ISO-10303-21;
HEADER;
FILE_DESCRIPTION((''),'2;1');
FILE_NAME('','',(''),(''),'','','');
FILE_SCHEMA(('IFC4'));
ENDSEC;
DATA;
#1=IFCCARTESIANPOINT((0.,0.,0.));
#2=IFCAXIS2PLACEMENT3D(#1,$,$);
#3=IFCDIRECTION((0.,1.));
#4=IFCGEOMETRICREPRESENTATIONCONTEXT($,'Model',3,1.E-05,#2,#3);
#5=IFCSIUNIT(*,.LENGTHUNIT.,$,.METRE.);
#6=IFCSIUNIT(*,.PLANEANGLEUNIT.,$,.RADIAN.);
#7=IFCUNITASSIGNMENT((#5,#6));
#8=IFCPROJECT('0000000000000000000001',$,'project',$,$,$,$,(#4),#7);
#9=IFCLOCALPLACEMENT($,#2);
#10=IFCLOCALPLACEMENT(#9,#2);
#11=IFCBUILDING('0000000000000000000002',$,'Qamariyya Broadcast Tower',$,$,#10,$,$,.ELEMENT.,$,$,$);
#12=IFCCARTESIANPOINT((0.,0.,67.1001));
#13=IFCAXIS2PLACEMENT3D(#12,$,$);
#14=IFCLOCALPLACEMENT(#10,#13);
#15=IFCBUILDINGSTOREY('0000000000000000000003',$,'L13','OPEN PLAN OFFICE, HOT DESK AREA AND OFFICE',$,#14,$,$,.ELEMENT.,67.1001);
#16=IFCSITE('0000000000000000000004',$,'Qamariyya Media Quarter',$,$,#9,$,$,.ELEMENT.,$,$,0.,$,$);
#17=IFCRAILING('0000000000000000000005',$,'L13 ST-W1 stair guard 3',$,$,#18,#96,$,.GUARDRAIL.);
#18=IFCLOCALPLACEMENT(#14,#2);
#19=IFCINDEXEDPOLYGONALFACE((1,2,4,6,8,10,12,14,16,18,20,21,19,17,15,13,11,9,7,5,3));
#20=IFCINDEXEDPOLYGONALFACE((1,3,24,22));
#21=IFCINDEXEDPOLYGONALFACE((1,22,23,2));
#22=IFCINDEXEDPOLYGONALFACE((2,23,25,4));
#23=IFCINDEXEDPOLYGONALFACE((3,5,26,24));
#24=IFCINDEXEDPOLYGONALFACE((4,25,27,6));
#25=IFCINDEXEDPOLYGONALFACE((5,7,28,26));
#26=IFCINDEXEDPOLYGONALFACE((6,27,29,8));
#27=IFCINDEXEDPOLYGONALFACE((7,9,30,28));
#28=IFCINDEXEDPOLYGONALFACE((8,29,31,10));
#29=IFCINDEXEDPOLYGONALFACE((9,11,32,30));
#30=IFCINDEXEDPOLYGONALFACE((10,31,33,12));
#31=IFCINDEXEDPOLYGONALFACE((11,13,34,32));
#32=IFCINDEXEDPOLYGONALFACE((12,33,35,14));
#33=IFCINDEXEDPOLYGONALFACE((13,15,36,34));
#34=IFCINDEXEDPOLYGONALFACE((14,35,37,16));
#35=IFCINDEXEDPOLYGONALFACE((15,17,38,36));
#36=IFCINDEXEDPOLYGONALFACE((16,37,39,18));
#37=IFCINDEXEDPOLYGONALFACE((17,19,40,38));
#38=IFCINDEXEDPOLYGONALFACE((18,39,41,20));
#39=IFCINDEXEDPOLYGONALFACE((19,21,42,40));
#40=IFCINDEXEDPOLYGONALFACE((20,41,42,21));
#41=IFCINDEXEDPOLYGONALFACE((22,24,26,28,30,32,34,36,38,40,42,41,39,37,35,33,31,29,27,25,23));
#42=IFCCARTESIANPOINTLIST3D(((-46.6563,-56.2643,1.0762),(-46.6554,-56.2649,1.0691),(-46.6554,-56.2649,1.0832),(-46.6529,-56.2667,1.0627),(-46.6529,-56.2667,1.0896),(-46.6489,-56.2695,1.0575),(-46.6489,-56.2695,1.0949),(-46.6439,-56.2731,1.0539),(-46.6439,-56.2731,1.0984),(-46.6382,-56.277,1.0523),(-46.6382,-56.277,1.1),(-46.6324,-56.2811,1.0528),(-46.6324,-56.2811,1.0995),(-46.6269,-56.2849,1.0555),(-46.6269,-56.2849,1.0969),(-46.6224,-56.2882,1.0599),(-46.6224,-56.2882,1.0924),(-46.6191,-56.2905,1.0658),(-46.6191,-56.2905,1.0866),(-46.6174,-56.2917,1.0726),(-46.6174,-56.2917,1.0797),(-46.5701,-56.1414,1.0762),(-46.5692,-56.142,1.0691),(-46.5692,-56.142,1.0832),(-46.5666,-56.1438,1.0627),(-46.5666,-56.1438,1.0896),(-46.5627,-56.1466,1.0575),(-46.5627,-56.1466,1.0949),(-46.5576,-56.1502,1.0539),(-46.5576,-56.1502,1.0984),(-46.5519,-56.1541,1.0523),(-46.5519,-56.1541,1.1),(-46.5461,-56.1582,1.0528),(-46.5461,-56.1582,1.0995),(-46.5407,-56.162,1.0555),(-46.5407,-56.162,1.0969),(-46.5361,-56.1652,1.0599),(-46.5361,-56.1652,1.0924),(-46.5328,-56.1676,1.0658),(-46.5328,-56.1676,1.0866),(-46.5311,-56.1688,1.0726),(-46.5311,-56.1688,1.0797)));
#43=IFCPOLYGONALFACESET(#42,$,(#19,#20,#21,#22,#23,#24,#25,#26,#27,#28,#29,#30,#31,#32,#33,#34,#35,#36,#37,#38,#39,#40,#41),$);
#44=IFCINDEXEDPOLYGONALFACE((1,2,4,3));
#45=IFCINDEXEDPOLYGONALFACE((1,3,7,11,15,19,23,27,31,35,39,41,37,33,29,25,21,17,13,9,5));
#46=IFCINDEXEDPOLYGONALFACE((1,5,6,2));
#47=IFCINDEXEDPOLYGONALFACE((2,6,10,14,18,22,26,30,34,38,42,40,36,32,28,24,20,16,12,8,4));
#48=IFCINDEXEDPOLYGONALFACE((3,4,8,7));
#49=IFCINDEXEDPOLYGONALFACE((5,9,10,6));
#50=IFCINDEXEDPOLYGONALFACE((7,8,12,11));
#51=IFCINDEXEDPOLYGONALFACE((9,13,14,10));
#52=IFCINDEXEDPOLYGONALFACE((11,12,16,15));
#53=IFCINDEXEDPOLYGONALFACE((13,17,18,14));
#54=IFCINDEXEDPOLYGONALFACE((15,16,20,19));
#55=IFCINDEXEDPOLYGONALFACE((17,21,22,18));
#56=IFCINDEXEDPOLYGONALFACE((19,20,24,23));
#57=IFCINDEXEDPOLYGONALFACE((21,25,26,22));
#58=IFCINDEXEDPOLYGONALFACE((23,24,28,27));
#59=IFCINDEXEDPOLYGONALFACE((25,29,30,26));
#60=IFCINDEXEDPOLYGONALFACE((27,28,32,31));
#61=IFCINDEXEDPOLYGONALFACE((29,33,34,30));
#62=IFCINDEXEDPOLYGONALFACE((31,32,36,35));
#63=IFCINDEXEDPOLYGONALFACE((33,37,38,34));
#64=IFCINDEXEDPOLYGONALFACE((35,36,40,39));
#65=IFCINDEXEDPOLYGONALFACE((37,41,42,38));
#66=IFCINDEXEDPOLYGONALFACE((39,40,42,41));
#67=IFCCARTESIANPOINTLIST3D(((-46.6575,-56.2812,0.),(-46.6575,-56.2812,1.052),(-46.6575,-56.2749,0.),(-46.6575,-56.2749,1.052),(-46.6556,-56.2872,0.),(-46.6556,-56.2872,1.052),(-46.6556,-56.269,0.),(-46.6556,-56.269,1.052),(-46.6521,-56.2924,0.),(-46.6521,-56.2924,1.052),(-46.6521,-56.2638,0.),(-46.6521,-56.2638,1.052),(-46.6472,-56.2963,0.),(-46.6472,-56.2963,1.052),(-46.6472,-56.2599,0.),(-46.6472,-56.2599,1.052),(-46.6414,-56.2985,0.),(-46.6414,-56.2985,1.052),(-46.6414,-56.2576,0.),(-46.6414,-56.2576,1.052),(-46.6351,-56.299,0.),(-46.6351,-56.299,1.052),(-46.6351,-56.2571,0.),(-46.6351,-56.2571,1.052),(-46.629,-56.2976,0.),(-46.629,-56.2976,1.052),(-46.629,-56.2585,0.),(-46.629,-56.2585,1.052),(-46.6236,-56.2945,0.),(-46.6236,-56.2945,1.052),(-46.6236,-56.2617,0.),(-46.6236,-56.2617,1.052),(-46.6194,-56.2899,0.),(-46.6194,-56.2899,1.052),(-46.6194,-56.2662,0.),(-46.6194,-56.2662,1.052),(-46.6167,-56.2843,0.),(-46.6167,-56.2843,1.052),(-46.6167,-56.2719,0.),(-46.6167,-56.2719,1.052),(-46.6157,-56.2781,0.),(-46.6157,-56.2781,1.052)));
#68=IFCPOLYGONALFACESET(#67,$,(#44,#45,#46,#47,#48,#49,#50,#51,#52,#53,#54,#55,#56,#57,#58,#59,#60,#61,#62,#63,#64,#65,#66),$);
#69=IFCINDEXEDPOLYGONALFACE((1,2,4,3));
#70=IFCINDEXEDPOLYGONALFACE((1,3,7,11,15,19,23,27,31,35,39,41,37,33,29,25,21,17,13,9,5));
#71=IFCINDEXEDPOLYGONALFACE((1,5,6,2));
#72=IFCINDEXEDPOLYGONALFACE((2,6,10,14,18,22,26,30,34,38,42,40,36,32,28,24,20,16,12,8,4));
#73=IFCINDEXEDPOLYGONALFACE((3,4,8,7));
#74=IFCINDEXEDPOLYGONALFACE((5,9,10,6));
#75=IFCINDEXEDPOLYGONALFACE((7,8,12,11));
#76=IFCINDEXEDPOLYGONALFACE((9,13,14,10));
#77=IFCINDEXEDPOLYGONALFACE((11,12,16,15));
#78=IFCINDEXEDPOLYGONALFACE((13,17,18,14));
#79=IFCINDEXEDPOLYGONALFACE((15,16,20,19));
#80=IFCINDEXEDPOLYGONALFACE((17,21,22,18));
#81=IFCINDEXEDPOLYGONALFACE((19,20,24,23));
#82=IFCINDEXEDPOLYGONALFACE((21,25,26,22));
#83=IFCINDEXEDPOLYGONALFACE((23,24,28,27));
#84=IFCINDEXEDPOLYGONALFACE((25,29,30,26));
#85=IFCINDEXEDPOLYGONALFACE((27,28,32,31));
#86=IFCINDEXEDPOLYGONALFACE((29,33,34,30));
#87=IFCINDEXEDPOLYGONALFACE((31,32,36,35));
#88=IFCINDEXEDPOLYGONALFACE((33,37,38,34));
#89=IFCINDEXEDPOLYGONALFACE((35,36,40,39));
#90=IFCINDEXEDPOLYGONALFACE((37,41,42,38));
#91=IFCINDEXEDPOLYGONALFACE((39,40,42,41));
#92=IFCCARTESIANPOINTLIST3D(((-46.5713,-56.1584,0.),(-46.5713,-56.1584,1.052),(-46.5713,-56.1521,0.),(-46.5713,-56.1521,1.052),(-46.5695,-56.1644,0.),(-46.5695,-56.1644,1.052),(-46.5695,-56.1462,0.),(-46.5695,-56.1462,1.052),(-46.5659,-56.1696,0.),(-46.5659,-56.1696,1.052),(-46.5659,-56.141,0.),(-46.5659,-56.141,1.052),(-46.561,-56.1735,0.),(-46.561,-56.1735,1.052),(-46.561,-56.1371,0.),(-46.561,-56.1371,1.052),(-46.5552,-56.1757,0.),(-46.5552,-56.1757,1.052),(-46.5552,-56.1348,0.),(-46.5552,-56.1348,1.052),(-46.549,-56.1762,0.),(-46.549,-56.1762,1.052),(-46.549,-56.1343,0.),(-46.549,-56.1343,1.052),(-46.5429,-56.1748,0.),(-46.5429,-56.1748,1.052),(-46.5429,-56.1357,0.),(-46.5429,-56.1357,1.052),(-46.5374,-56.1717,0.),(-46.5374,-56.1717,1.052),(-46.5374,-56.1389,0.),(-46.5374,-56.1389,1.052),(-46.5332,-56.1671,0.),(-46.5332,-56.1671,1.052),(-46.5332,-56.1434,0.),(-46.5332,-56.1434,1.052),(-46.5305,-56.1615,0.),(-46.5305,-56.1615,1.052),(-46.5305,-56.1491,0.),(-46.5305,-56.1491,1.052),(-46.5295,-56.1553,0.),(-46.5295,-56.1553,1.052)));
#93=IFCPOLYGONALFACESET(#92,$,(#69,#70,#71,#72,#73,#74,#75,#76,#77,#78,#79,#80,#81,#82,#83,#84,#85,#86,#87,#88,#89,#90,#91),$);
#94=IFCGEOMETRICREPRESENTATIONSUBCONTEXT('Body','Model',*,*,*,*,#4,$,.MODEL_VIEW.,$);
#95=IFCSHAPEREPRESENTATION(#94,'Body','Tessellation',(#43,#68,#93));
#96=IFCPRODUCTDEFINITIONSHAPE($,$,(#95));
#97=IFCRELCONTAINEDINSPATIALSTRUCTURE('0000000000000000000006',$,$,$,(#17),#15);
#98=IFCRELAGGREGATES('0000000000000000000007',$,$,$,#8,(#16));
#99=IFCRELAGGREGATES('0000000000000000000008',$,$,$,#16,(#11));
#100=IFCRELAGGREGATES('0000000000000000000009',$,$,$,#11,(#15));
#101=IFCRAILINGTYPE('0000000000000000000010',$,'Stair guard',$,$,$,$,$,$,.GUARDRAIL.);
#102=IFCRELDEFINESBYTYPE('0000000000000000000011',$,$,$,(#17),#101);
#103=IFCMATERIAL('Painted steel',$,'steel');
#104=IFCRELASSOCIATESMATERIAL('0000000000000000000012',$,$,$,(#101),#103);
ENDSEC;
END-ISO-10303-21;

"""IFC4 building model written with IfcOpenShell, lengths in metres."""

from ifc_helpers import new_model, si_unit, direction, frame, origin, origin_2d, place, context, subcontext, project, spatial, circle, extrude, material, type_object, element, save


model = new_model("IFC4")

# Units and contexts
model_context = context("Model", 3, precision=1e-05, world=origin(), true_north=direction((0.0, 1.0)))
body_context = subcontext(model_context, "Body", "Model", "MODEL_VIEW")
ifc_project = project(units=[si_unit("LENGTHUNIT", "METRE"), si_unit("PLANEANGLEUNIT", "RADIAN")], contexts=[model_context])

# Site, building, storey
site_placement = place(None, origin())
site = spatial("IfcSite", under=ifc_project, at=site_placement, Name="Qamariyya Media Quarter", CompositionType="ELEMENT", RefElevation=0.0)
building_placement = place(site_placement, origin())
building = spatial("IfcBuilding", under=site, at=building_placement, Name="Qamariyya Broadcast Tower", CompositionType="ELEMENT")
storey_placement = place(building_placement, frame((0.0, 0.0, 67.1001)))
storey = spatial("IfcBuildingStorey", under=building, at=storey_placement, Name="L13", Description="OPEN PLAN OFFICE, HOT DESK AREA AND OFFICE", CompositionType="ELEMENT", Elevation=67.1001)

# Railing
ifc_material_1 = material(Name="Painted steel", Category="steel")
railing_type_1 = type_object("IfcRailingType", Name="Stair guard", PredefinedType="GUARDRAIL", material=ifc_material_1)
railing_1_placement = place(storey_placement, frame((-46.6367, -56.2781, 0.0)))
element("IfcRailing", 1, at=railing_1_placement, inside=storey, type_object=railing_type_1, Name="L13 ST-W1 stair guard 3", PredefinedType="GUARDRAIL", context=body_context, shape_type="SweptSolid", body=[
    extrude(circle(Radius=0.0239, at=origin_2d()), frame((0.0, 0.0, 1.0762), z_axis=(0.574445, 0.818543, 0.0), x_axis=(-0.818543, 0.574445, 0.0)), (0.0, 0.0, 1.0), 0.1501),
    extrude(circle(Radius=0.021, at=origin_2d()), origin(), (0.0, 0.0, 1.0), 1.052),
    extrude(circle(Radius=0.021, at=origin_2d()), frame((0.0862, 0.1228, 0.0)), (0.0, 0.0, 1.0), 1.052),
])

save(model, "model.ifc")
